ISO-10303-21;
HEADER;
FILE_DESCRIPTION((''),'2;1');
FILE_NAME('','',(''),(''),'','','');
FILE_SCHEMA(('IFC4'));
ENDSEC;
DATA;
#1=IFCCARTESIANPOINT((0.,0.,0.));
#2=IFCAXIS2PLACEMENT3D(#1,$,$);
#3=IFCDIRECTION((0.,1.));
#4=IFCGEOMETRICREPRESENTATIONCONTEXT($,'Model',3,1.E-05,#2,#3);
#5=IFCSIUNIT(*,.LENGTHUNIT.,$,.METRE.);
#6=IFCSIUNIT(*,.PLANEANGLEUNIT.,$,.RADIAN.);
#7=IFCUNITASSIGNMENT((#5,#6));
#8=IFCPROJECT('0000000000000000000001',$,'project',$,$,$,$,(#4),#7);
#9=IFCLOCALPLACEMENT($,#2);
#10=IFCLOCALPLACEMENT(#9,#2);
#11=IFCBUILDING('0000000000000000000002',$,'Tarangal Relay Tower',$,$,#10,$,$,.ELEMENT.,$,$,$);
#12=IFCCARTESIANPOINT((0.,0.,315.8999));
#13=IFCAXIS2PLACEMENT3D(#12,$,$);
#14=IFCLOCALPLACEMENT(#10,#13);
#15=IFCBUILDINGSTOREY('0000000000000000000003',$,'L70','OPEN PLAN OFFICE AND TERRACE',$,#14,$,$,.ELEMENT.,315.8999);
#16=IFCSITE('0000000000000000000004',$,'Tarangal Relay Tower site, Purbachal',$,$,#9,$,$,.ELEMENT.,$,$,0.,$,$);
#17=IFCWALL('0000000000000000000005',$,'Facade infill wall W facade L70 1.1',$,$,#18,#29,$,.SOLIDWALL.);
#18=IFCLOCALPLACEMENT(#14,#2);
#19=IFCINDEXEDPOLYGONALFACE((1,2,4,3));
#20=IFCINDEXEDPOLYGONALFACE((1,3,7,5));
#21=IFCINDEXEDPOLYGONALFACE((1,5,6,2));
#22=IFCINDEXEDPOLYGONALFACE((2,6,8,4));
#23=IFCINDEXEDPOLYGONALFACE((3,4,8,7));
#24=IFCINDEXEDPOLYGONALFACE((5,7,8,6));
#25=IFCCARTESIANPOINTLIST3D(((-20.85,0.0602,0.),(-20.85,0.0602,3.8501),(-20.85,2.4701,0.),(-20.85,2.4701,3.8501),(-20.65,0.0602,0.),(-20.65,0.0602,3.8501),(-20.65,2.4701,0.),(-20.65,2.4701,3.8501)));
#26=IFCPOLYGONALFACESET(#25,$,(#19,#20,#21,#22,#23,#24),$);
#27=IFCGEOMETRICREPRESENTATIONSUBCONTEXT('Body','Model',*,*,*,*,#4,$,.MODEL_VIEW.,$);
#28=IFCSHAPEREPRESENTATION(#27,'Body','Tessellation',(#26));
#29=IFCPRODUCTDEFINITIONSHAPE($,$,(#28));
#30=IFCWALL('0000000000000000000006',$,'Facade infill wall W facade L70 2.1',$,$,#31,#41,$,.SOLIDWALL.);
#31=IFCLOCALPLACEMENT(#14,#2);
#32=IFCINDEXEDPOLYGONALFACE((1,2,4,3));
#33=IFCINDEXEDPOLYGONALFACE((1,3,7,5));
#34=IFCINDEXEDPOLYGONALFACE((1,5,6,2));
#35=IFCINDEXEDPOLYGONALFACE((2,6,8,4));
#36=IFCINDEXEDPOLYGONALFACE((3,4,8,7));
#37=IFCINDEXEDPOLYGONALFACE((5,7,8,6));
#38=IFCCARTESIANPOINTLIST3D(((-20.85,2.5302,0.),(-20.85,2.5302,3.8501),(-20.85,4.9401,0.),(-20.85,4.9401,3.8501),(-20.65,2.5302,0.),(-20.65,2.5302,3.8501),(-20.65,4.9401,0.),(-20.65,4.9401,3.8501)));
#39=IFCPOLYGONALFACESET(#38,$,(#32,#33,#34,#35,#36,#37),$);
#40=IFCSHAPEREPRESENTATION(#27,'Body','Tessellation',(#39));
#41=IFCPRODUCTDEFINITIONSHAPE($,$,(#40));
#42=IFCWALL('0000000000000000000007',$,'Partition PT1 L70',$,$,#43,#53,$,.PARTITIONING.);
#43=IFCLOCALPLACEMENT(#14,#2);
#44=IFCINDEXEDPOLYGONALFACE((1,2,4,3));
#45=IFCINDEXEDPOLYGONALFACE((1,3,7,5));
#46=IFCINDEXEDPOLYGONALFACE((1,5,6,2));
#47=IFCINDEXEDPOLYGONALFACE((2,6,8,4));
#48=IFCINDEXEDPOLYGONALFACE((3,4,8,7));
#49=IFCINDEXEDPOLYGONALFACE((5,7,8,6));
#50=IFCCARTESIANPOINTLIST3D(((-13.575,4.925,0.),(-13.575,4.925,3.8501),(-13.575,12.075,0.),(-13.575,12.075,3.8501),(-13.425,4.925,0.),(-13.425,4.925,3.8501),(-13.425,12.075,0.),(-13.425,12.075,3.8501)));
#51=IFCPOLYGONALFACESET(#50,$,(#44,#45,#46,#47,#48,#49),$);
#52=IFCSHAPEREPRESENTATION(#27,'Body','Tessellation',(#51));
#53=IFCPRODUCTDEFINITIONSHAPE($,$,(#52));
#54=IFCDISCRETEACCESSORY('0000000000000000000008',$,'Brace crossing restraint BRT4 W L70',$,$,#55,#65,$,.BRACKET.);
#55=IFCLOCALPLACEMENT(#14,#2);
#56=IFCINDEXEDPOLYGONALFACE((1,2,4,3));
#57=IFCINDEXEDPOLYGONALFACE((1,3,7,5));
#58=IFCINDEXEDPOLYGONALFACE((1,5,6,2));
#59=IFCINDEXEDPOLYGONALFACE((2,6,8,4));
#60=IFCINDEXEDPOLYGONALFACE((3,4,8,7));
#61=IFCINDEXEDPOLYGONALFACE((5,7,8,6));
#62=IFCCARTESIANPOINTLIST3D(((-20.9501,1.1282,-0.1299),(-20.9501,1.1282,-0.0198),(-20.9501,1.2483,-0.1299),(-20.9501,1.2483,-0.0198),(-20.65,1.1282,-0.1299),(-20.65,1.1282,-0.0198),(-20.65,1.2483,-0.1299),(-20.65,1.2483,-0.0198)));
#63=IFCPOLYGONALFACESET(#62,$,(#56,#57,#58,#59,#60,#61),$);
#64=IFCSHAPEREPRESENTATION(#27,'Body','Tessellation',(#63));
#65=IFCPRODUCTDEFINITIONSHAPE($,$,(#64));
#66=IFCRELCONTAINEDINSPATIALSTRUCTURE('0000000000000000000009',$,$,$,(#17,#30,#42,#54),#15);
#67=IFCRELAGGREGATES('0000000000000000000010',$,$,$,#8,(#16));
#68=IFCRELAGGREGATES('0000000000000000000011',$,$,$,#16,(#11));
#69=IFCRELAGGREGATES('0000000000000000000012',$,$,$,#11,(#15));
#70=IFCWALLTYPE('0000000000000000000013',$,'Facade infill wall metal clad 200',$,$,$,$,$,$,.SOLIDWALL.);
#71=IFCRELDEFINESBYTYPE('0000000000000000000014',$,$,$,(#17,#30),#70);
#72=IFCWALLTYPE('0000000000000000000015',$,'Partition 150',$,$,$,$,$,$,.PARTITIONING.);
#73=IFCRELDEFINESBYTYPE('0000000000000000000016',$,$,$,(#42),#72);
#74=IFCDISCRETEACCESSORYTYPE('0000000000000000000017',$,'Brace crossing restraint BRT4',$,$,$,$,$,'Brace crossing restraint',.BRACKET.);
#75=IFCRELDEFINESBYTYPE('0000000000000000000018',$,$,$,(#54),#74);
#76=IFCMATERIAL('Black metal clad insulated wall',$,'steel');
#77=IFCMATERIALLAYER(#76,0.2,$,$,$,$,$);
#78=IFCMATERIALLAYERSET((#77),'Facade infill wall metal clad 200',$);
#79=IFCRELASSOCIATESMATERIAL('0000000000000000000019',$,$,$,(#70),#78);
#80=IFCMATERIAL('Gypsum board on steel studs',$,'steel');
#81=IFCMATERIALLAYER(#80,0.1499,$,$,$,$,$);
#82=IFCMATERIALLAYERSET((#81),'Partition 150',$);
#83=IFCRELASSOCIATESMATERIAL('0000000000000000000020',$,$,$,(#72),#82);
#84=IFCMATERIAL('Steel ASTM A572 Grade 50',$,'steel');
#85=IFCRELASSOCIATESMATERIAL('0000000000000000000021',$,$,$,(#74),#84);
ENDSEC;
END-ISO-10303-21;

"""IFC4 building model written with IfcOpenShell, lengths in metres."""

from ifc_helpers import new_model, si_unit, direction, frame, frame_2d, origin, origin_2d, place, context, subcontext, project, spatial, rectangle, extrude, material, layer, layer_set, type_object, element, save


model = new_model("IFC4")

# Units and contexts
model_context = context("Model", 3, precision=1e-05, world=origin(), true_north=direction((0.0, 1.0)))
body_context = subcontext(model_context, "Body", "Model", "MODEL_VIEW")
ifc_project = project(units=[si_unit("LENGTHUNIT", "METRE"), si_unit("PLANEANGLEUNIT", "RADIAN")], contexts=[model_context])

# Site, building, storey
site_placement = place(None, origin())
site = spatial("IfcSite", under=ifc_project, at=site_placement, Name="Tarangal Relay Tower site, Purbachal", CompositionType="ELEMENT", RefElevation=0.0)
building_placement = place(site_placement, origin())
building = spatial("IfcBuilding", under=site, at=building_placement, Name="Tarangal Relay Tower", CompositionType="ELEMENT")
storey_placement = place(building_placement, frame((0.0, 0.0, 315.8999)))
storey = spatial("IfcBuildingStorey", under=building, at=storey_placement, Name="L70", Description="OPEN PLAN OFFICE AND TERRACE", CompositionType="ELEMENT", Elevation=315.8999)

# Shared definitions
ifc_material_1 = material(Name="Steel ASTM A572 Grade 50", Category="steel")

# Walls
ifc_material_2 = material(Name="Black metal clad insulated wall", Category="steel")
ifc_layer_1 = layer(ifc_material_2, 0.2)
ifc_layer_set_1 = layer_set([ifc_layer_1], Name="Facade infill wall metal clad 200")
wall_type_1 = type_object("IfcWallType", Name="Facade infill wall metal clad 200", PredefinedType="SOLIDWALL", material=ifc_layer_set_1)
for number, where, z_axis, x_axis, name in (
    (1, (-20.75, 0.0601, 0.0), (0.0, 0.0, 1.0), (0.0, 1.0, 0.0), "Facade infill wall W facade L70 1.1"),
    (2, (-20.75, 2.53, 0.0), (0.0, 0.0, 1.0), (0.0, 1.0, 0.0), "Facade infill wall W facade L70 2.1"),
):
    element("IfcWall", number, at=place(storey_placement, frame(where, z_axis=z_axis, x_axis=x_axis)), inside=storey, type_object=wall_type_1, Name=name, PredefinedType="SOLIDWALL", context=body_context, shape_type="SweptSolid", body=[
        extrude(rectangle(XDim=2.4099, YDim=0.2, at=frame_2d((1.2051, 0.0))), origin(), (0.0, 0.0, 1.0), 3.8501),
    ])
ifc_material_3 = material(Name="Gypsum board on steel studs", Category="steel")
ifc_layer_2 = layer(ifc_material_3, 0.1499)
ifc_layer_set_2 = layer_set([ifc_layer_2], Name="Partition 150")
wall_type_2 = type_object("IfcWallType", Name="Partition 150", PredefinedType="PARTITIONING", material=ifc_layer_set_2)
wall_1_placement = place(storey_placement, frame((-13.5, 4.925, 0.0), z_axis=(0.0, 0.0, 1.0), x_axis=(0.0, 1.0, 0.0)))
element("IfcWall", 3, at=wall_1_placement, inside=storey, type_object=wall_type_2, Name="Partition PT1 L70", PredefinedType="PARTITIONING", context=body_context, shape_type="SweptSolid", body=[
    extrude(rectangle(XDim=7.1499, YDim=0.1499, at=frame_2d((3.575, 0.0))), origin(), (0.0, 0.0, 1.0), 3.8501),
])

# Discrete accessory
discrete_accessory_type = type_object("IfcDiscreteAccessoryType", Name="Brace crossing restraint BRT4", ElementType="Brace crossing restraint", PredefinedType="BRACKET", material=ifc_material_1)
discrete_accessory_placement = place(storey_placement, frame((-20.8, 1.1882, -0.1299), z_axis=(0.0, 0.0, 1.0), x_axis=(1.0, 0.0, 0.0)))
element("IfcDiscreteAccessory", 4, at=discrete_accessory_placement, inside=storey, type_object=discrete_accessory_type, Name="Brace crossing restraint BRT4 W L70", PredefinedType="BRACKET", context=body_context, shape_type="SweptSolid", body=[
    extrude(rectangle(XDim=0.3, YDim=0.1201, at=origin_2d()), origin(), (0.0, 0.0, 1.0), 0.1101),
])

save(model, "model.ifc")
